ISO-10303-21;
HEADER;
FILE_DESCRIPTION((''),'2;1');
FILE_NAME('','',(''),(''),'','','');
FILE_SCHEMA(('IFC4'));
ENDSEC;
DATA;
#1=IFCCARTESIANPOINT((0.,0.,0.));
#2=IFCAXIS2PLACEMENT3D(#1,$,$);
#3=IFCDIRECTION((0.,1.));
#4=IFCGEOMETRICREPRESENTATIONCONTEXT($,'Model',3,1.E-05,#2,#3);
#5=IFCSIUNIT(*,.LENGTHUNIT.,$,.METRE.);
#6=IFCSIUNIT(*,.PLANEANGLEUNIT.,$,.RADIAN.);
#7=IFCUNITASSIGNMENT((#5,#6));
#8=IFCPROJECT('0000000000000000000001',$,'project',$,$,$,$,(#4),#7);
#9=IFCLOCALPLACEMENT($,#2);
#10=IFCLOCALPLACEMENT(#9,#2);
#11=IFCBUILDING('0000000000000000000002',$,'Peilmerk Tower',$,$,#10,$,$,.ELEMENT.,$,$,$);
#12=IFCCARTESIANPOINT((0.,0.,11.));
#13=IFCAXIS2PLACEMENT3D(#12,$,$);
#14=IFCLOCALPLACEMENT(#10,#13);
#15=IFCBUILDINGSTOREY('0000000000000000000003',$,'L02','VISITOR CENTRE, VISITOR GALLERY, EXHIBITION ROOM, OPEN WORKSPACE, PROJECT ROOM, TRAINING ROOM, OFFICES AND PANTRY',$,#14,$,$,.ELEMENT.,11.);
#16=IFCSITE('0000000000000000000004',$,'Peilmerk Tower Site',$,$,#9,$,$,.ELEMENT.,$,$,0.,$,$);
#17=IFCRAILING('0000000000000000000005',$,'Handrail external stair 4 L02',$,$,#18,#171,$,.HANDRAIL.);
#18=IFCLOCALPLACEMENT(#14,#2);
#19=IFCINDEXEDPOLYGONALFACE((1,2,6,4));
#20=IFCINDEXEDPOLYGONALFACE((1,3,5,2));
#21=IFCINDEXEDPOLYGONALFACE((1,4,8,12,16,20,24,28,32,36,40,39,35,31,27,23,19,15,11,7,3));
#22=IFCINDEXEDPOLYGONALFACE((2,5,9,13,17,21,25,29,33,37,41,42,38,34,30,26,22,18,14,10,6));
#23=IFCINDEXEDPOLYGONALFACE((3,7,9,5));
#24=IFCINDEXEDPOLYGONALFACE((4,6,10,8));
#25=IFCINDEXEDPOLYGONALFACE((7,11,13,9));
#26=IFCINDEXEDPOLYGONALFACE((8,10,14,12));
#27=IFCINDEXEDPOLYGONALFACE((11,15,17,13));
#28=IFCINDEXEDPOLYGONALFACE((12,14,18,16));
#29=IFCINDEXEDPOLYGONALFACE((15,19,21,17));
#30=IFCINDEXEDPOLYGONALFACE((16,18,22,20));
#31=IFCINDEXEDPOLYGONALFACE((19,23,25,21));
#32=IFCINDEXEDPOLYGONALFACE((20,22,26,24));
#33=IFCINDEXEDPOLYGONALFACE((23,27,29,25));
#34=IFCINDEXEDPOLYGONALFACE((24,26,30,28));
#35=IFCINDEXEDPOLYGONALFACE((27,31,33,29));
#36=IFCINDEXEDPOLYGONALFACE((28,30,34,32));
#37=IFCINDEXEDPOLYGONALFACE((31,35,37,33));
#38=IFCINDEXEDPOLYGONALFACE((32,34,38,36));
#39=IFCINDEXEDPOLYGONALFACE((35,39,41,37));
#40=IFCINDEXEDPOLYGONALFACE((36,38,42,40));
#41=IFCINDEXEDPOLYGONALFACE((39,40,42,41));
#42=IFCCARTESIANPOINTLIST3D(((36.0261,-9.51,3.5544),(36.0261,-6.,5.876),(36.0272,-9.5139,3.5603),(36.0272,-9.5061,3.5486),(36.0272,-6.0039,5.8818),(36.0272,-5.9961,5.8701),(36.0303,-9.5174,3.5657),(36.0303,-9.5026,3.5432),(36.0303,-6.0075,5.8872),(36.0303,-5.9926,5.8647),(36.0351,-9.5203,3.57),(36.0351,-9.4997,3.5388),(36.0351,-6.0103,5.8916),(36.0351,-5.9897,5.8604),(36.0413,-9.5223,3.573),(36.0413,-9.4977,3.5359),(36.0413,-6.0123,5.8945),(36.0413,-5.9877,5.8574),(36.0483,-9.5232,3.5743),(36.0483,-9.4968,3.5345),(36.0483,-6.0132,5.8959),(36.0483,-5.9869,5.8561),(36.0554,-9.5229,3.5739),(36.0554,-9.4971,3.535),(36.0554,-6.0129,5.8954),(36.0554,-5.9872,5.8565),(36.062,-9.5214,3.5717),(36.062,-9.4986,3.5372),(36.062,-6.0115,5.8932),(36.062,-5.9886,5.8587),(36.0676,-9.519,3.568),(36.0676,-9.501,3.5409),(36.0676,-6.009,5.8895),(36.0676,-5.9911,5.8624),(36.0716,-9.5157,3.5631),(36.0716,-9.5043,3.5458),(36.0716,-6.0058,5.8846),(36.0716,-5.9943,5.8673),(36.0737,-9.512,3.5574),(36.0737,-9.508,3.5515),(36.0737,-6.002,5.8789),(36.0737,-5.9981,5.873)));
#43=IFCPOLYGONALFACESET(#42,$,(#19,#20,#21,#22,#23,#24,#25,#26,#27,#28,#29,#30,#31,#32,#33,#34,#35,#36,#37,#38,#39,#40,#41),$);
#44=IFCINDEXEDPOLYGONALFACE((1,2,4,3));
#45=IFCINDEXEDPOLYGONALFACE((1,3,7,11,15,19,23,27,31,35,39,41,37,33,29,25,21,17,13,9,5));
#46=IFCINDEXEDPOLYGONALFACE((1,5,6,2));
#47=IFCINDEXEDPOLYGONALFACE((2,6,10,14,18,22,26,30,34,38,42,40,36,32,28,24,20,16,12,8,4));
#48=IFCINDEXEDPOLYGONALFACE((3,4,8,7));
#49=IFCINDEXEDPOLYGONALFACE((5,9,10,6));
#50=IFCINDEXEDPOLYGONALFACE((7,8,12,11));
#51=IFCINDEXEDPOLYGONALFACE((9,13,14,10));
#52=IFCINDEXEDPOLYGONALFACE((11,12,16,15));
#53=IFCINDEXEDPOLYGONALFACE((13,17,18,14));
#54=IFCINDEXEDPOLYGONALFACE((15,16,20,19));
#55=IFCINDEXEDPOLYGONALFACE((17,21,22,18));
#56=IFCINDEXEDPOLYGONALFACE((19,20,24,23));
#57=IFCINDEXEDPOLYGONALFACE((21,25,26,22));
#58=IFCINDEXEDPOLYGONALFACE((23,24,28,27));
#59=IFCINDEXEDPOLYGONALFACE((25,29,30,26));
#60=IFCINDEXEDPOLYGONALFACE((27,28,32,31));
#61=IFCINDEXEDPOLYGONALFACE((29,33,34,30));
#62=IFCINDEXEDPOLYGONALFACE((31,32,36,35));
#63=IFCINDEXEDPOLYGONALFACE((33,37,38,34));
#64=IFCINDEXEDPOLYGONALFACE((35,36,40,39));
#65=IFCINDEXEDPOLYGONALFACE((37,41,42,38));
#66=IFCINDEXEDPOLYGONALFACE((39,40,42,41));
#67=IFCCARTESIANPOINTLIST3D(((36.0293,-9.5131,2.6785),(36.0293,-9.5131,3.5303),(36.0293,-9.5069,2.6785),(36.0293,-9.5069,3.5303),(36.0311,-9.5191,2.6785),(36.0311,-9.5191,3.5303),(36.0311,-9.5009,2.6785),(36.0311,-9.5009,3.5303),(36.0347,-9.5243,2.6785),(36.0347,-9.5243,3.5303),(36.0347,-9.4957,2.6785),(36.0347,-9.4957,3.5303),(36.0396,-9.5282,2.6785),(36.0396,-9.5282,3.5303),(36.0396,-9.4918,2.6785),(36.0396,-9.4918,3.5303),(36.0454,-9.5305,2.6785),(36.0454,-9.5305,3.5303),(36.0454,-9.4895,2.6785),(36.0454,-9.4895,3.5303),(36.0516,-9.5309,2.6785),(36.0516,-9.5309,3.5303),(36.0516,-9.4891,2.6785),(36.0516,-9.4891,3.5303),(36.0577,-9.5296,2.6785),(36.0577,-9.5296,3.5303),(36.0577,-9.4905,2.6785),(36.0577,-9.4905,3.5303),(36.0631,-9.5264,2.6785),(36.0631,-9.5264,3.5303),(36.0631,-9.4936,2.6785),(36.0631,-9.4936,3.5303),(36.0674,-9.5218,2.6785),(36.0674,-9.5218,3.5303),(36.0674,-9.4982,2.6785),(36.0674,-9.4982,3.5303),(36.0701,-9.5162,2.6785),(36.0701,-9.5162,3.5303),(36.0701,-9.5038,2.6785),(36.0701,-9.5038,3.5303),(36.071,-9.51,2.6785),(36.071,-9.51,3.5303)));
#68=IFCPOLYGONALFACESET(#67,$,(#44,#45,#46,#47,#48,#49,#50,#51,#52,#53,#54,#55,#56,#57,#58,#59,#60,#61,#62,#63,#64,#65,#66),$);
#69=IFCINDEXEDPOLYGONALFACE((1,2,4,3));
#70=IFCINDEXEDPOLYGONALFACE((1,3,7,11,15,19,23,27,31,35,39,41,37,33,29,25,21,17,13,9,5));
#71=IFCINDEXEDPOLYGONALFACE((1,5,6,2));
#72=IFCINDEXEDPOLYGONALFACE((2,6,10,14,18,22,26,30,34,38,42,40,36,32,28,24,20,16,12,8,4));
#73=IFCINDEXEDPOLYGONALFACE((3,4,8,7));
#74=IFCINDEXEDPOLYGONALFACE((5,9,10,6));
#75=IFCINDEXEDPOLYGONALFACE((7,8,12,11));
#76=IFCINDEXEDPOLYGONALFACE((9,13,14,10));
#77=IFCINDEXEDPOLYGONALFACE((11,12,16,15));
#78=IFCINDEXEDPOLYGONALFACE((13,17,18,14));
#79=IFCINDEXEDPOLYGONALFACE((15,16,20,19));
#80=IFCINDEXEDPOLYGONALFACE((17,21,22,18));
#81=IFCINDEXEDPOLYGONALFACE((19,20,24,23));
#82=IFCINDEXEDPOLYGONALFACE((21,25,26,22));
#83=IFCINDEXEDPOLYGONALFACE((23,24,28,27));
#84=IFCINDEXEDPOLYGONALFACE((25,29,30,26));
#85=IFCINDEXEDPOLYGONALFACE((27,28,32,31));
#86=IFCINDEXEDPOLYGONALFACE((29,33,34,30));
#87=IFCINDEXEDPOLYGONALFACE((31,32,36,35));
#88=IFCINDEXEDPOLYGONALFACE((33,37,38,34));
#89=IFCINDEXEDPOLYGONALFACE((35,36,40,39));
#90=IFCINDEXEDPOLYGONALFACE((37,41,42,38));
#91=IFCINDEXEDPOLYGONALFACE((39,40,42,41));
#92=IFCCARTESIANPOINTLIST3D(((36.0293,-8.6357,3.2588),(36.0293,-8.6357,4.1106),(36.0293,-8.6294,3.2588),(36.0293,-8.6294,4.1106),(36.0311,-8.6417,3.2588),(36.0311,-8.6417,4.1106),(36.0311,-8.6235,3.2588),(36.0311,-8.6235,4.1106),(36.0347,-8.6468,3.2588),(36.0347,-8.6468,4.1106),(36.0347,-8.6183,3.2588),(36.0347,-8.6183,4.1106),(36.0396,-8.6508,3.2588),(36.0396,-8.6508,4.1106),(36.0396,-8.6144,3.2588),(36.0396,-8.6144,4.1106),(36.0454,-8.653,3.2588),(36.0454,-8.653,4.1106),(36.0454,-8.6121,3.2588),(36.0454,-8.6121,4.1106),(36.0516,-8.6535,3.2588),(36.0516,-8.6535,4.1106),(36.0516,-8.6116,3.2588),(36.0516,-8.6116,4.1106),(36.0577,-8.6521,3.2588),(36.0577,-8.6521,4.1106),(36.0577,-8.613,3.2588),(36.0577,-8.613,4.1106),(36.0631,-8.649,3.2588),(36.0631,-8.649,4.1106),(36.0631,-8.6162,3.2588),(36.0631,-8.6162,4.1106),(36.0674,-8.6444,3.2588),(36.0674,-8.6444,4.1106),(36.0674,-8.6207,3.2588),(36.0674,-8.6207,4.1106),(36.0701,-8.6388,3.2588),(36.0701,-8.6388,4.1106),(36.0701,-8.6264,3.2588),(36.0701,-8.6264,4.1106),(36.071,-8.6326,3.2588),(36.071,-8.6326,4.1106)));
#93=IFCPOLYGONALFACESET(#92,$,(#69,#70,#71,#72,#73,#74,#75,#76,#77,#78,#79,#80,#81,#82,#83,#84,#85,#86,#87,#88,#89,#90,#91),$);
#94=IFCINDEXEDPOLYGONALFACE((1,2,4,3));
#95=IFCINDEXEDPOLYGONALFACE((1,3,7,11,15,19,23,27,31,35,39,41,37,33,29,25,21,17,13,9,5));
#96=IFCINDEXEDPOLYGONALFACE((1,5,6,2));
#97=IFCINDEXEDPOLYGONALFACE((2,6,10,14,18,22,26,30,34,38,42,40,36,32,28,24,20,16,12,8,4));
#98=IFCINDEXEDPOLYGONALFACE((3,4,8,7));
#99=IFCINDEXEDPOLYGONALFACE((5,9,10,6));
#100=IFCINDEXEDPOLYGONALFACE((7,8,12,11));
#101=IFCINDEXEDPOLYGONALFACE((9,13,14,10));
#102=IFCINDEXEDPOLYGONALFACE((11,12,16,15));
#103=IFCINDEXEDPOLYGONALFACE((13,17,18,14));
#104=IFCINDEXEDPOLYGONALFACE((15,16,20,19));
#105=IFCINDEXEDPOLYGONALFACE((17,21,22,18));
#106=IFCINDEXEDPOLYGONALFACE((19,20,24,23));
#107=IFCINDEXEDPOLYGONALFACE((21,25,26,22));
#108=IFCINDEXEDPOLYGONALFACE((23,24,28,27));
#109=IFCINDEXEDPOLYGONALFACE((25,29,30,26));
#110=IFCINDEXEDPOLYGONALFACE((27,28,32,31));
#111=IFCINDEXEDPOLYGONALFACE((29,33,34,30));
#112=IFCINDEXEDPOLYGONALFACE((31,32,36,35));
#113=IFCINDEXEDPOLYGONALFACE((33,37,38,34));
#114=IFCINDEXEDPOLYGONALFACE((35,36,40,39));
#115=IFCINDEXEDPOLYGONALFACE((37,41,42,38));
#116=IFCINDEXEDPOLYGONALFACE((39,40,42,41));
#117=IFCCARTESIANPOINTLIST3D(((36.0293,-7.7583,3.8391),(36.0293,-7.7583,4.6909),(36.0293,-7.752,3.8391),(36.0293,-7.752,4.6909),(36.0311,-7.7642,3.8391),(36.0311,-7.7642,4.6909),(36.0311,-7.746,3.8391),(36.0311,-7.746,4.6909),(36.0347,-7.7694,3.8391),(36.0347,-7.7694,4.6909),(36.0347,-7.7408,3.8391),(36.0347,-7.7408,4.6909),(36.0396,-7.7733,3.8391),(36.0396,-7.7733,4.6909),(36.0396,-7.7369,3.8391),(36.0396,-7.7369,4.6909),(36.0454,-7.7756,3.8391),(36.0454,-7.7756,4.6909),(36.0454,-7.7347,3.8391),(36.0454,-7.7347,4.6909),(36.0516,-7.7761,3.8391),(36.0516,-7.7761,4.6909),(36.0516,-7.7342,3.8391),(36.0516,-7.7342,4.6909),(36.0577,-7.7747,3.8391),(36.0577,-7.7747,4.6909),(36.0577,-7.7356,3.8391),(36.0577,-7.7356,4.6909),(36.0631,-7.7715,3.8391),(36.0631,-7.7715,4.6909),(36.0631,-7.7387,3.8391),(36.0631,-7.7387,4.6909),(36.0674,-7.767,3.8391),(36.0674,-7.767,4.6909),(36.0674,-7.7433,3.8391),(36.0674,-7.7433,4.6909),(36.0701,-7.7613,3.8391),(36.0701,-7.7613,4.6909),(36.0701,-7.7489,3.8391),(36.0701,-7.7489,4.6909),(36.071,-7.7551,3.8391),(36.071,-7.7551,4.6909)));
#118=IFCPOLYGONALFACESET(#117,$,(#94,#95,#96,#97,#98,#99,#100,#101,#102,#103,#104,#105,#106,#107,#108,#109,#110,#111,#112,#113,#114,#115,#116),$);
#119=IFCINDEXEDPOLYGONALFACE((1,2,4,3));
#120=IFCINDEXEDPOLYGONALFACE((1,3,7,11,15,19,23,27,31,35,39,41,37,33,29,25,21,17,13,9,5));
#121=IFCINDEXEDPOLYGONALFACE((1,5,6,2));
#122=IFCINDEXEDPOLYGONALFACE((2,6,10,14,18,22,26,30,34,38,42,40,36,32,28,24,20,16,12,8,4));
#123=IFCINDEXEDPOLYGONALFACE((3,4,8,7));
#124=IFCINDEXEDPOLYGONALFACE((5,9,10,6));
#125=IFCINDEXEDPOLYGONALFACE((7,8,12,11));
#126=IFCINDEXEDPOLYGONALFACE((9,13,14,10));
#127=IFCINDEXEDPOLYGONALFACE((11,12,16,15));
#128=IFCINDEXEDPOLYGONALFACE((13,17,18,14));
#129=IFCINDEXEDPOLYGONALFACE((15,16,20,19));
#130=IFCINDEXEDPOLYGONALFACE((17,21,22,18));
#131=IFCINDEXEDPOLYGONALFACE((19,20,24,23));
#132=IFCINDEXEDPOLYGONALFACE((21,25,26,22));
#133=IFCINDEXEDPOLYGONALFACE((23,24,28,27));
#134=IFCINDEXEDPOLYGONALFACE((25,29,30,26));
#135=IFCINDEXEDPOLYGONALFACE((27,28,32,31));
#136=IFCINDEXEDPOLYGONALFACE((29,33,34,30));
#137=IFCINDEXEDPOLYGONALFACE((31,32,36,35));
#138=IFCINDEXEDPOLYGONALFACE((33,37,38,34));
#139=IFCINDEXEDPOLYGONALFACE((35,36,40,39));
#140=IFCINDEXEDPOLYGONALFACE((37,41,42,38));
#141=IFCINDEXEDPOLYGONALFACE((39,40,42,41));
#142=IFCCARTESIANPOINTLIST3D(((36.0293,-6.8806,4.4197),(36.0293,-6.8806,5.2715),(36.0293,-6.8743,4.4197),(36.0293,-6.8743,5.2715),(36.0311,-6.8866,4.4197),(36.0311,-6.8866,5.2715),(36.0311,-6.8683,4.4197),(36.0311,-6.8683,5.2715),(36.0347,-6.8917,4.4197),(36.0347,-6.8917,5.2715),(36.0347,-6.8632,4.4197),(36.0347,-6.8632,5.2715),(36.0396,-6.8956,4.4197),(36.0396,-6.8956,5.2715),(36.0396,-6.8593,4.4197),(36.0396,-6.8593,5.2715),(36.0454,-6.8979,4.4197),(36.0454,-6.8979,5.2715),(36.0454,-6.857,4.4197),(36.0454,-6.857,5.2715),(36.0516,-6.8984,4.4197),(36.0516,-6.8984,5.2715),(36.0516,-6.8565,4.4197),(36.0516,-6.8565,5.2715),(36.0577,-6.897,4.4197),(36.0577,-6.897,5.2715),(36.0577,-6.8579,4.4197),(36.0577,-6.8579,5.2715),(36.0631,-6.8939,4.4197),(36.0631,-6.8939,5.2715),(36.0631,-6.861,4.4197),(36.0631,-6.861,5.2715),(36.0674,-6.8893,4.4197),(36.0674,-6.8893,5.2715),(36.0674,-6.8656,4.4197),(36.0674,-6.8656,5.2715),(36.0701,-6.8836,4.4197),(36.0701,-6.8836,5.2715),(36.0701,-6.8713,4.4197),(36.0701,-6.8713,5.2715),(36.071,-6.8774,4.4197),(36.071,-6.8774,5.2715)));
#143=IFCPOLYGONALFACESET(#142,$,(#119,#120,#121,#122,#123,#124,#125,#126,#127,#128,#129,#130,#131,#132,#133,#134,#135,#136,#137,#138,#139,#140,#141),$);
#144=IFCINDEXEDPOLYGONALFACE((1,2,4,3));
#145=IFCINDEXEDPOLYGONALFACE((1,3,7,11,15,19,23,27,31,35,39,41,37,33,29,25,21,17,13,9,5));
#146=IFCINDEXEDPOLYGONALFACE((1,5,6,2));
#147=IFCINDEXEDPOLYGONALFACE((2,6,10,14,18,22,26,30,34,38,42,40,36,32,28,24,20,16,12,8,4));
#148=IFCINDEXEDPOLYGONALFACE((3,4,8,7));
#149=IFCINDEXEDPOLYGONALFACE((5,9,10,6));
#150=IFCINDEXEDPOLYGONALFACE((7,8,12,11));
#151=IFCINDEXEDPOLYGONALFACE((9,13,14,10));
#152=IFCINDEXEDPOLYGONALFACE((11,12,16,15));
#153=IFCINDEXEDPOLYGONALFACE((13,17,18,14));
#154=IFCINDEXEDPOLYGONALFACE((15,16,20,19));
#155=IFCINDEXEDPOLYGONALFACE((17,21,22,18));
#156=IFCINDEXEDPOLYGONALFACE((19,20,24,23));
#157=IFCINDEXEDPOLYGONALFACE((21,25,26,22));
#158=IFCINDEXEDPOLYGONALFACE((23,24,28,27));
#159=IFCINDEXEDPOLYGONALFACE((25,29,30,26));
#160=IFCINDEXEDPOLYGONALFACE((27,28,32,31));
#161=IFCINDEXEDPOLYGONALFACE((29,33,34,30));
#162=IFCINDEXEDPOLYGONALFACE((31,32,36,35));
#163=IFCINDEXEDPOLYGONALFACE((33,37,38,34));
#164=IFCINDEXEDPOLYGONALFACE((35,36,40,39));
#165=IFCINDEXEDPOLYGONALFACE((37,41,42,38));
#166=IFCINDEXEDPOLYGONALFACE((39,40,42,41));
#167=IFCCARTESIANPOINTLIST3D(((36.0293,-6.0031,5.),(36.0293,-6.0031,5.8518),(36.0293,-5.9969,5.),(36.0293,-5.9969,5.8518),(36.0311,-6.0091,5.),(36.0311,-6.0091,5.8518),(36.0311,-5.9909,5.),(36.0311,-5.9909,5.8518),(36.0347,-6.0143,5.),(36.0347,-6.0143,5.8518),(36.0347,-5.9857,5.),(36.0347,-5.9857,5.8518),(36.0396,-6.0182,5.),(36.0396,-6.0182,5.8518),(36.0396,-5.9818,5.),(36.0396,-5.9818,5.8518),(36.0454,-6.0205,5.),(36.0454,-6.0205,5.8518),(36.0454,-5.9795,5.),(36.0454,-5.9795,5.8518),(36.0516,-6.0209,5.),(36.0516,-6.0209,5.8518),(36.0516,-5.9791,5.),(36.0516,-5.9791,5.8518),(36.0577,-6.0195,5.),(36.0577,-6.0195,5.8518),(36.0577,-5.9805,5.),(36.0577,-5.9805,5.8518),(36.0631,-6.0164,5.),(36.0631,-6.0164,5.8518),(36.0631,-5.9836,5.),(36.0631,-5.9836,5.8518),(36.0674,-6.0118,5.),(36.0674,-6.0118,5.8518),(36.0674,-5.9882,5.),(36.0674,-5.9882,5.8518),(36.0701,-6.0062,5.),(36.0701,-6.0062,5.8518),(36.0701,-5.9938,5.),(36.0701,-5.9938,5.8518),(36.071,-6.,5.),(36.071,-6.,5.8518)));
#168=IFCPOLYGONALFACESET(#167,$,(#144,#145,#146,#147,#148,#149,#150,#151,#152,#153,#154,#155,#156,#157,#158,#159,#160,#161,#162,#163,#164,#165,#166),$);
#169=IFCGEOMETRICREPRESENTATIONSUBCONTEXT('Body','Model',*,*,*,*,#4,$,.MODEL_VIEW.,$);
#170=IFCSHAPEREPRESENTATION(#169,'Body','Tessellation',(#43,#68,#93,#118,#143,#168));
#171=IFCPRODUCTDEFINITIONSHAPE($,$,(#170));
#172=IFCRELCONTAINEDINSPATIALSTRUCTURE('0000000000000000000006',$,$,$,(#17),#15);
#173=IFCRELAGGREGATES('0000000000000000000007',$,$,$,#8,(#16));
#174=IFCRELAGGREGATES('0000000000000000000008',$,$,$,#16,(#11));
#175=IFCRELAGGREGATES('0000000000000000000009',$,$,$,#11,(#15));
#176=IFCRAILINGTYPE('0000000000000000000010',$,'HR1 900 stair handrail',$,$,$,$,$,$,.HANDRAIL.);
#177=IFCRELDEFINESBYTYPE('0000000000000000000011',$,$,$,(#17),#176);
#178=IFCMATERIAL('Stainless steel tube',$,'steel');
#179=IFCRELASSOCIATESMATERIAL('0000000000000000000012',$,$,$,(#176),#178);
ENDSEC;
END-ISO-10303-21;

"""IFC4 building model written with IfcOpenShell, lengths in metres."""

from ifc_helpers import new_model, si_unit, direction, frame, origin, origin_2d, place, context, subcontext, project, spatial, circle, extrude, material, type_object, element, save


model = new_model("IFC4")

# Units and contexts
model_context = context("Model", 3, precision=1e-05, world=origin(), true_north=direction((0.0, 1.0)))
body_context = subcontext(model_context, "Body", "Model", "MODEL_VIEW")
ifc_project = project(units=[si_unit("LENGTHUNIT", "METRE"), si_unit("PLANEANGLEUNIT", "RADIAN")], contexts=[model_context])

# Site, building, storey
site_placement = place(None, origin())
site = spatial("IfcSite", under=ifc_project, at=site_placement, Name="Peilmerk Tower Site", CompositionType="ELEMENT", RefElevation=0.0)
building_placement = place(site_placement, origin())
building = spatial("IfcBuilding", under=site, at=building_placement, Name="Peilmerk Tower", CompositionType="ELEMENT")
storey_placement = place(building_placement, frame((0.0, 0.0, 11.0)))
storey = spatial("IfcBuildingStorey", under=building, at=storey_placement, Name="L02", Description="VISITOR CENTRE, VISITOR GALLERY, EXHIBITION ROOM, OPEN WORKSPACE, PROJECT ROOM, TRAINING ROOM, OFFICES AND PANTRY", CompositionType="ELEMENT", Elevation=11.0)

# Railing
ifc_material_1 = material(Name="Stainless steel tube", Category="steel")
railing_type_1 = type_object("IfcRailingType", Name="HR1 900 stair handrail", PredefinedType="HANDRAIL", material=ifc_material_1)
railing_1_placement = place(storey_placement, frame((36.05, -9.51, 2.6785)))
element("IfcRailing", 1, at=railing_1_placement, inside=storey, type_object=railing_type_1, Name="Handrail external stair 4 L02", PredefinedType="HANDRAIL", context=body_context, shape_type="SweptSolid", body=[
    extrude(circle(Radius=0.0239, at=origin_2d()), frame((0.0, 0.0, 0.876), z_axis=(0.0, 0.834071, 0.551657), x_axis=(-1.0, 0.0, 0.0)), (0.0, 0.0, 1.0), 4.2083),
    extrude(circle(Radius=0.021, at=origin_2d()), origin(), (0.0, 0.0, 1.0), 0.8518),
    extrude(circle(Radius=0.021, at=origin_2d()), frame((0.0, 0.8774, 0.5803)), (0.0, 0.0, 1.0), 0.8518),
    extrude(circle(Radius=0.021, at=origin_2d()), frame((0.0, 1.7549, 1.1606)), (0.0, 0.0, 1.0), 0.8518),
    extrude(circle(Radius=0.021, at=origin_2d()), frame((0.0, 2.6326, 1.7412)), (0.0, 0.0, 1.0), 0.8518),
    extrude(circle(Radius=0.021, at=origin_2d()), frame((0.0, 3.51, 2.3215)), (0.0, 0.0, 1.0), 0.8518),
])

save(model, "model.ifc")
